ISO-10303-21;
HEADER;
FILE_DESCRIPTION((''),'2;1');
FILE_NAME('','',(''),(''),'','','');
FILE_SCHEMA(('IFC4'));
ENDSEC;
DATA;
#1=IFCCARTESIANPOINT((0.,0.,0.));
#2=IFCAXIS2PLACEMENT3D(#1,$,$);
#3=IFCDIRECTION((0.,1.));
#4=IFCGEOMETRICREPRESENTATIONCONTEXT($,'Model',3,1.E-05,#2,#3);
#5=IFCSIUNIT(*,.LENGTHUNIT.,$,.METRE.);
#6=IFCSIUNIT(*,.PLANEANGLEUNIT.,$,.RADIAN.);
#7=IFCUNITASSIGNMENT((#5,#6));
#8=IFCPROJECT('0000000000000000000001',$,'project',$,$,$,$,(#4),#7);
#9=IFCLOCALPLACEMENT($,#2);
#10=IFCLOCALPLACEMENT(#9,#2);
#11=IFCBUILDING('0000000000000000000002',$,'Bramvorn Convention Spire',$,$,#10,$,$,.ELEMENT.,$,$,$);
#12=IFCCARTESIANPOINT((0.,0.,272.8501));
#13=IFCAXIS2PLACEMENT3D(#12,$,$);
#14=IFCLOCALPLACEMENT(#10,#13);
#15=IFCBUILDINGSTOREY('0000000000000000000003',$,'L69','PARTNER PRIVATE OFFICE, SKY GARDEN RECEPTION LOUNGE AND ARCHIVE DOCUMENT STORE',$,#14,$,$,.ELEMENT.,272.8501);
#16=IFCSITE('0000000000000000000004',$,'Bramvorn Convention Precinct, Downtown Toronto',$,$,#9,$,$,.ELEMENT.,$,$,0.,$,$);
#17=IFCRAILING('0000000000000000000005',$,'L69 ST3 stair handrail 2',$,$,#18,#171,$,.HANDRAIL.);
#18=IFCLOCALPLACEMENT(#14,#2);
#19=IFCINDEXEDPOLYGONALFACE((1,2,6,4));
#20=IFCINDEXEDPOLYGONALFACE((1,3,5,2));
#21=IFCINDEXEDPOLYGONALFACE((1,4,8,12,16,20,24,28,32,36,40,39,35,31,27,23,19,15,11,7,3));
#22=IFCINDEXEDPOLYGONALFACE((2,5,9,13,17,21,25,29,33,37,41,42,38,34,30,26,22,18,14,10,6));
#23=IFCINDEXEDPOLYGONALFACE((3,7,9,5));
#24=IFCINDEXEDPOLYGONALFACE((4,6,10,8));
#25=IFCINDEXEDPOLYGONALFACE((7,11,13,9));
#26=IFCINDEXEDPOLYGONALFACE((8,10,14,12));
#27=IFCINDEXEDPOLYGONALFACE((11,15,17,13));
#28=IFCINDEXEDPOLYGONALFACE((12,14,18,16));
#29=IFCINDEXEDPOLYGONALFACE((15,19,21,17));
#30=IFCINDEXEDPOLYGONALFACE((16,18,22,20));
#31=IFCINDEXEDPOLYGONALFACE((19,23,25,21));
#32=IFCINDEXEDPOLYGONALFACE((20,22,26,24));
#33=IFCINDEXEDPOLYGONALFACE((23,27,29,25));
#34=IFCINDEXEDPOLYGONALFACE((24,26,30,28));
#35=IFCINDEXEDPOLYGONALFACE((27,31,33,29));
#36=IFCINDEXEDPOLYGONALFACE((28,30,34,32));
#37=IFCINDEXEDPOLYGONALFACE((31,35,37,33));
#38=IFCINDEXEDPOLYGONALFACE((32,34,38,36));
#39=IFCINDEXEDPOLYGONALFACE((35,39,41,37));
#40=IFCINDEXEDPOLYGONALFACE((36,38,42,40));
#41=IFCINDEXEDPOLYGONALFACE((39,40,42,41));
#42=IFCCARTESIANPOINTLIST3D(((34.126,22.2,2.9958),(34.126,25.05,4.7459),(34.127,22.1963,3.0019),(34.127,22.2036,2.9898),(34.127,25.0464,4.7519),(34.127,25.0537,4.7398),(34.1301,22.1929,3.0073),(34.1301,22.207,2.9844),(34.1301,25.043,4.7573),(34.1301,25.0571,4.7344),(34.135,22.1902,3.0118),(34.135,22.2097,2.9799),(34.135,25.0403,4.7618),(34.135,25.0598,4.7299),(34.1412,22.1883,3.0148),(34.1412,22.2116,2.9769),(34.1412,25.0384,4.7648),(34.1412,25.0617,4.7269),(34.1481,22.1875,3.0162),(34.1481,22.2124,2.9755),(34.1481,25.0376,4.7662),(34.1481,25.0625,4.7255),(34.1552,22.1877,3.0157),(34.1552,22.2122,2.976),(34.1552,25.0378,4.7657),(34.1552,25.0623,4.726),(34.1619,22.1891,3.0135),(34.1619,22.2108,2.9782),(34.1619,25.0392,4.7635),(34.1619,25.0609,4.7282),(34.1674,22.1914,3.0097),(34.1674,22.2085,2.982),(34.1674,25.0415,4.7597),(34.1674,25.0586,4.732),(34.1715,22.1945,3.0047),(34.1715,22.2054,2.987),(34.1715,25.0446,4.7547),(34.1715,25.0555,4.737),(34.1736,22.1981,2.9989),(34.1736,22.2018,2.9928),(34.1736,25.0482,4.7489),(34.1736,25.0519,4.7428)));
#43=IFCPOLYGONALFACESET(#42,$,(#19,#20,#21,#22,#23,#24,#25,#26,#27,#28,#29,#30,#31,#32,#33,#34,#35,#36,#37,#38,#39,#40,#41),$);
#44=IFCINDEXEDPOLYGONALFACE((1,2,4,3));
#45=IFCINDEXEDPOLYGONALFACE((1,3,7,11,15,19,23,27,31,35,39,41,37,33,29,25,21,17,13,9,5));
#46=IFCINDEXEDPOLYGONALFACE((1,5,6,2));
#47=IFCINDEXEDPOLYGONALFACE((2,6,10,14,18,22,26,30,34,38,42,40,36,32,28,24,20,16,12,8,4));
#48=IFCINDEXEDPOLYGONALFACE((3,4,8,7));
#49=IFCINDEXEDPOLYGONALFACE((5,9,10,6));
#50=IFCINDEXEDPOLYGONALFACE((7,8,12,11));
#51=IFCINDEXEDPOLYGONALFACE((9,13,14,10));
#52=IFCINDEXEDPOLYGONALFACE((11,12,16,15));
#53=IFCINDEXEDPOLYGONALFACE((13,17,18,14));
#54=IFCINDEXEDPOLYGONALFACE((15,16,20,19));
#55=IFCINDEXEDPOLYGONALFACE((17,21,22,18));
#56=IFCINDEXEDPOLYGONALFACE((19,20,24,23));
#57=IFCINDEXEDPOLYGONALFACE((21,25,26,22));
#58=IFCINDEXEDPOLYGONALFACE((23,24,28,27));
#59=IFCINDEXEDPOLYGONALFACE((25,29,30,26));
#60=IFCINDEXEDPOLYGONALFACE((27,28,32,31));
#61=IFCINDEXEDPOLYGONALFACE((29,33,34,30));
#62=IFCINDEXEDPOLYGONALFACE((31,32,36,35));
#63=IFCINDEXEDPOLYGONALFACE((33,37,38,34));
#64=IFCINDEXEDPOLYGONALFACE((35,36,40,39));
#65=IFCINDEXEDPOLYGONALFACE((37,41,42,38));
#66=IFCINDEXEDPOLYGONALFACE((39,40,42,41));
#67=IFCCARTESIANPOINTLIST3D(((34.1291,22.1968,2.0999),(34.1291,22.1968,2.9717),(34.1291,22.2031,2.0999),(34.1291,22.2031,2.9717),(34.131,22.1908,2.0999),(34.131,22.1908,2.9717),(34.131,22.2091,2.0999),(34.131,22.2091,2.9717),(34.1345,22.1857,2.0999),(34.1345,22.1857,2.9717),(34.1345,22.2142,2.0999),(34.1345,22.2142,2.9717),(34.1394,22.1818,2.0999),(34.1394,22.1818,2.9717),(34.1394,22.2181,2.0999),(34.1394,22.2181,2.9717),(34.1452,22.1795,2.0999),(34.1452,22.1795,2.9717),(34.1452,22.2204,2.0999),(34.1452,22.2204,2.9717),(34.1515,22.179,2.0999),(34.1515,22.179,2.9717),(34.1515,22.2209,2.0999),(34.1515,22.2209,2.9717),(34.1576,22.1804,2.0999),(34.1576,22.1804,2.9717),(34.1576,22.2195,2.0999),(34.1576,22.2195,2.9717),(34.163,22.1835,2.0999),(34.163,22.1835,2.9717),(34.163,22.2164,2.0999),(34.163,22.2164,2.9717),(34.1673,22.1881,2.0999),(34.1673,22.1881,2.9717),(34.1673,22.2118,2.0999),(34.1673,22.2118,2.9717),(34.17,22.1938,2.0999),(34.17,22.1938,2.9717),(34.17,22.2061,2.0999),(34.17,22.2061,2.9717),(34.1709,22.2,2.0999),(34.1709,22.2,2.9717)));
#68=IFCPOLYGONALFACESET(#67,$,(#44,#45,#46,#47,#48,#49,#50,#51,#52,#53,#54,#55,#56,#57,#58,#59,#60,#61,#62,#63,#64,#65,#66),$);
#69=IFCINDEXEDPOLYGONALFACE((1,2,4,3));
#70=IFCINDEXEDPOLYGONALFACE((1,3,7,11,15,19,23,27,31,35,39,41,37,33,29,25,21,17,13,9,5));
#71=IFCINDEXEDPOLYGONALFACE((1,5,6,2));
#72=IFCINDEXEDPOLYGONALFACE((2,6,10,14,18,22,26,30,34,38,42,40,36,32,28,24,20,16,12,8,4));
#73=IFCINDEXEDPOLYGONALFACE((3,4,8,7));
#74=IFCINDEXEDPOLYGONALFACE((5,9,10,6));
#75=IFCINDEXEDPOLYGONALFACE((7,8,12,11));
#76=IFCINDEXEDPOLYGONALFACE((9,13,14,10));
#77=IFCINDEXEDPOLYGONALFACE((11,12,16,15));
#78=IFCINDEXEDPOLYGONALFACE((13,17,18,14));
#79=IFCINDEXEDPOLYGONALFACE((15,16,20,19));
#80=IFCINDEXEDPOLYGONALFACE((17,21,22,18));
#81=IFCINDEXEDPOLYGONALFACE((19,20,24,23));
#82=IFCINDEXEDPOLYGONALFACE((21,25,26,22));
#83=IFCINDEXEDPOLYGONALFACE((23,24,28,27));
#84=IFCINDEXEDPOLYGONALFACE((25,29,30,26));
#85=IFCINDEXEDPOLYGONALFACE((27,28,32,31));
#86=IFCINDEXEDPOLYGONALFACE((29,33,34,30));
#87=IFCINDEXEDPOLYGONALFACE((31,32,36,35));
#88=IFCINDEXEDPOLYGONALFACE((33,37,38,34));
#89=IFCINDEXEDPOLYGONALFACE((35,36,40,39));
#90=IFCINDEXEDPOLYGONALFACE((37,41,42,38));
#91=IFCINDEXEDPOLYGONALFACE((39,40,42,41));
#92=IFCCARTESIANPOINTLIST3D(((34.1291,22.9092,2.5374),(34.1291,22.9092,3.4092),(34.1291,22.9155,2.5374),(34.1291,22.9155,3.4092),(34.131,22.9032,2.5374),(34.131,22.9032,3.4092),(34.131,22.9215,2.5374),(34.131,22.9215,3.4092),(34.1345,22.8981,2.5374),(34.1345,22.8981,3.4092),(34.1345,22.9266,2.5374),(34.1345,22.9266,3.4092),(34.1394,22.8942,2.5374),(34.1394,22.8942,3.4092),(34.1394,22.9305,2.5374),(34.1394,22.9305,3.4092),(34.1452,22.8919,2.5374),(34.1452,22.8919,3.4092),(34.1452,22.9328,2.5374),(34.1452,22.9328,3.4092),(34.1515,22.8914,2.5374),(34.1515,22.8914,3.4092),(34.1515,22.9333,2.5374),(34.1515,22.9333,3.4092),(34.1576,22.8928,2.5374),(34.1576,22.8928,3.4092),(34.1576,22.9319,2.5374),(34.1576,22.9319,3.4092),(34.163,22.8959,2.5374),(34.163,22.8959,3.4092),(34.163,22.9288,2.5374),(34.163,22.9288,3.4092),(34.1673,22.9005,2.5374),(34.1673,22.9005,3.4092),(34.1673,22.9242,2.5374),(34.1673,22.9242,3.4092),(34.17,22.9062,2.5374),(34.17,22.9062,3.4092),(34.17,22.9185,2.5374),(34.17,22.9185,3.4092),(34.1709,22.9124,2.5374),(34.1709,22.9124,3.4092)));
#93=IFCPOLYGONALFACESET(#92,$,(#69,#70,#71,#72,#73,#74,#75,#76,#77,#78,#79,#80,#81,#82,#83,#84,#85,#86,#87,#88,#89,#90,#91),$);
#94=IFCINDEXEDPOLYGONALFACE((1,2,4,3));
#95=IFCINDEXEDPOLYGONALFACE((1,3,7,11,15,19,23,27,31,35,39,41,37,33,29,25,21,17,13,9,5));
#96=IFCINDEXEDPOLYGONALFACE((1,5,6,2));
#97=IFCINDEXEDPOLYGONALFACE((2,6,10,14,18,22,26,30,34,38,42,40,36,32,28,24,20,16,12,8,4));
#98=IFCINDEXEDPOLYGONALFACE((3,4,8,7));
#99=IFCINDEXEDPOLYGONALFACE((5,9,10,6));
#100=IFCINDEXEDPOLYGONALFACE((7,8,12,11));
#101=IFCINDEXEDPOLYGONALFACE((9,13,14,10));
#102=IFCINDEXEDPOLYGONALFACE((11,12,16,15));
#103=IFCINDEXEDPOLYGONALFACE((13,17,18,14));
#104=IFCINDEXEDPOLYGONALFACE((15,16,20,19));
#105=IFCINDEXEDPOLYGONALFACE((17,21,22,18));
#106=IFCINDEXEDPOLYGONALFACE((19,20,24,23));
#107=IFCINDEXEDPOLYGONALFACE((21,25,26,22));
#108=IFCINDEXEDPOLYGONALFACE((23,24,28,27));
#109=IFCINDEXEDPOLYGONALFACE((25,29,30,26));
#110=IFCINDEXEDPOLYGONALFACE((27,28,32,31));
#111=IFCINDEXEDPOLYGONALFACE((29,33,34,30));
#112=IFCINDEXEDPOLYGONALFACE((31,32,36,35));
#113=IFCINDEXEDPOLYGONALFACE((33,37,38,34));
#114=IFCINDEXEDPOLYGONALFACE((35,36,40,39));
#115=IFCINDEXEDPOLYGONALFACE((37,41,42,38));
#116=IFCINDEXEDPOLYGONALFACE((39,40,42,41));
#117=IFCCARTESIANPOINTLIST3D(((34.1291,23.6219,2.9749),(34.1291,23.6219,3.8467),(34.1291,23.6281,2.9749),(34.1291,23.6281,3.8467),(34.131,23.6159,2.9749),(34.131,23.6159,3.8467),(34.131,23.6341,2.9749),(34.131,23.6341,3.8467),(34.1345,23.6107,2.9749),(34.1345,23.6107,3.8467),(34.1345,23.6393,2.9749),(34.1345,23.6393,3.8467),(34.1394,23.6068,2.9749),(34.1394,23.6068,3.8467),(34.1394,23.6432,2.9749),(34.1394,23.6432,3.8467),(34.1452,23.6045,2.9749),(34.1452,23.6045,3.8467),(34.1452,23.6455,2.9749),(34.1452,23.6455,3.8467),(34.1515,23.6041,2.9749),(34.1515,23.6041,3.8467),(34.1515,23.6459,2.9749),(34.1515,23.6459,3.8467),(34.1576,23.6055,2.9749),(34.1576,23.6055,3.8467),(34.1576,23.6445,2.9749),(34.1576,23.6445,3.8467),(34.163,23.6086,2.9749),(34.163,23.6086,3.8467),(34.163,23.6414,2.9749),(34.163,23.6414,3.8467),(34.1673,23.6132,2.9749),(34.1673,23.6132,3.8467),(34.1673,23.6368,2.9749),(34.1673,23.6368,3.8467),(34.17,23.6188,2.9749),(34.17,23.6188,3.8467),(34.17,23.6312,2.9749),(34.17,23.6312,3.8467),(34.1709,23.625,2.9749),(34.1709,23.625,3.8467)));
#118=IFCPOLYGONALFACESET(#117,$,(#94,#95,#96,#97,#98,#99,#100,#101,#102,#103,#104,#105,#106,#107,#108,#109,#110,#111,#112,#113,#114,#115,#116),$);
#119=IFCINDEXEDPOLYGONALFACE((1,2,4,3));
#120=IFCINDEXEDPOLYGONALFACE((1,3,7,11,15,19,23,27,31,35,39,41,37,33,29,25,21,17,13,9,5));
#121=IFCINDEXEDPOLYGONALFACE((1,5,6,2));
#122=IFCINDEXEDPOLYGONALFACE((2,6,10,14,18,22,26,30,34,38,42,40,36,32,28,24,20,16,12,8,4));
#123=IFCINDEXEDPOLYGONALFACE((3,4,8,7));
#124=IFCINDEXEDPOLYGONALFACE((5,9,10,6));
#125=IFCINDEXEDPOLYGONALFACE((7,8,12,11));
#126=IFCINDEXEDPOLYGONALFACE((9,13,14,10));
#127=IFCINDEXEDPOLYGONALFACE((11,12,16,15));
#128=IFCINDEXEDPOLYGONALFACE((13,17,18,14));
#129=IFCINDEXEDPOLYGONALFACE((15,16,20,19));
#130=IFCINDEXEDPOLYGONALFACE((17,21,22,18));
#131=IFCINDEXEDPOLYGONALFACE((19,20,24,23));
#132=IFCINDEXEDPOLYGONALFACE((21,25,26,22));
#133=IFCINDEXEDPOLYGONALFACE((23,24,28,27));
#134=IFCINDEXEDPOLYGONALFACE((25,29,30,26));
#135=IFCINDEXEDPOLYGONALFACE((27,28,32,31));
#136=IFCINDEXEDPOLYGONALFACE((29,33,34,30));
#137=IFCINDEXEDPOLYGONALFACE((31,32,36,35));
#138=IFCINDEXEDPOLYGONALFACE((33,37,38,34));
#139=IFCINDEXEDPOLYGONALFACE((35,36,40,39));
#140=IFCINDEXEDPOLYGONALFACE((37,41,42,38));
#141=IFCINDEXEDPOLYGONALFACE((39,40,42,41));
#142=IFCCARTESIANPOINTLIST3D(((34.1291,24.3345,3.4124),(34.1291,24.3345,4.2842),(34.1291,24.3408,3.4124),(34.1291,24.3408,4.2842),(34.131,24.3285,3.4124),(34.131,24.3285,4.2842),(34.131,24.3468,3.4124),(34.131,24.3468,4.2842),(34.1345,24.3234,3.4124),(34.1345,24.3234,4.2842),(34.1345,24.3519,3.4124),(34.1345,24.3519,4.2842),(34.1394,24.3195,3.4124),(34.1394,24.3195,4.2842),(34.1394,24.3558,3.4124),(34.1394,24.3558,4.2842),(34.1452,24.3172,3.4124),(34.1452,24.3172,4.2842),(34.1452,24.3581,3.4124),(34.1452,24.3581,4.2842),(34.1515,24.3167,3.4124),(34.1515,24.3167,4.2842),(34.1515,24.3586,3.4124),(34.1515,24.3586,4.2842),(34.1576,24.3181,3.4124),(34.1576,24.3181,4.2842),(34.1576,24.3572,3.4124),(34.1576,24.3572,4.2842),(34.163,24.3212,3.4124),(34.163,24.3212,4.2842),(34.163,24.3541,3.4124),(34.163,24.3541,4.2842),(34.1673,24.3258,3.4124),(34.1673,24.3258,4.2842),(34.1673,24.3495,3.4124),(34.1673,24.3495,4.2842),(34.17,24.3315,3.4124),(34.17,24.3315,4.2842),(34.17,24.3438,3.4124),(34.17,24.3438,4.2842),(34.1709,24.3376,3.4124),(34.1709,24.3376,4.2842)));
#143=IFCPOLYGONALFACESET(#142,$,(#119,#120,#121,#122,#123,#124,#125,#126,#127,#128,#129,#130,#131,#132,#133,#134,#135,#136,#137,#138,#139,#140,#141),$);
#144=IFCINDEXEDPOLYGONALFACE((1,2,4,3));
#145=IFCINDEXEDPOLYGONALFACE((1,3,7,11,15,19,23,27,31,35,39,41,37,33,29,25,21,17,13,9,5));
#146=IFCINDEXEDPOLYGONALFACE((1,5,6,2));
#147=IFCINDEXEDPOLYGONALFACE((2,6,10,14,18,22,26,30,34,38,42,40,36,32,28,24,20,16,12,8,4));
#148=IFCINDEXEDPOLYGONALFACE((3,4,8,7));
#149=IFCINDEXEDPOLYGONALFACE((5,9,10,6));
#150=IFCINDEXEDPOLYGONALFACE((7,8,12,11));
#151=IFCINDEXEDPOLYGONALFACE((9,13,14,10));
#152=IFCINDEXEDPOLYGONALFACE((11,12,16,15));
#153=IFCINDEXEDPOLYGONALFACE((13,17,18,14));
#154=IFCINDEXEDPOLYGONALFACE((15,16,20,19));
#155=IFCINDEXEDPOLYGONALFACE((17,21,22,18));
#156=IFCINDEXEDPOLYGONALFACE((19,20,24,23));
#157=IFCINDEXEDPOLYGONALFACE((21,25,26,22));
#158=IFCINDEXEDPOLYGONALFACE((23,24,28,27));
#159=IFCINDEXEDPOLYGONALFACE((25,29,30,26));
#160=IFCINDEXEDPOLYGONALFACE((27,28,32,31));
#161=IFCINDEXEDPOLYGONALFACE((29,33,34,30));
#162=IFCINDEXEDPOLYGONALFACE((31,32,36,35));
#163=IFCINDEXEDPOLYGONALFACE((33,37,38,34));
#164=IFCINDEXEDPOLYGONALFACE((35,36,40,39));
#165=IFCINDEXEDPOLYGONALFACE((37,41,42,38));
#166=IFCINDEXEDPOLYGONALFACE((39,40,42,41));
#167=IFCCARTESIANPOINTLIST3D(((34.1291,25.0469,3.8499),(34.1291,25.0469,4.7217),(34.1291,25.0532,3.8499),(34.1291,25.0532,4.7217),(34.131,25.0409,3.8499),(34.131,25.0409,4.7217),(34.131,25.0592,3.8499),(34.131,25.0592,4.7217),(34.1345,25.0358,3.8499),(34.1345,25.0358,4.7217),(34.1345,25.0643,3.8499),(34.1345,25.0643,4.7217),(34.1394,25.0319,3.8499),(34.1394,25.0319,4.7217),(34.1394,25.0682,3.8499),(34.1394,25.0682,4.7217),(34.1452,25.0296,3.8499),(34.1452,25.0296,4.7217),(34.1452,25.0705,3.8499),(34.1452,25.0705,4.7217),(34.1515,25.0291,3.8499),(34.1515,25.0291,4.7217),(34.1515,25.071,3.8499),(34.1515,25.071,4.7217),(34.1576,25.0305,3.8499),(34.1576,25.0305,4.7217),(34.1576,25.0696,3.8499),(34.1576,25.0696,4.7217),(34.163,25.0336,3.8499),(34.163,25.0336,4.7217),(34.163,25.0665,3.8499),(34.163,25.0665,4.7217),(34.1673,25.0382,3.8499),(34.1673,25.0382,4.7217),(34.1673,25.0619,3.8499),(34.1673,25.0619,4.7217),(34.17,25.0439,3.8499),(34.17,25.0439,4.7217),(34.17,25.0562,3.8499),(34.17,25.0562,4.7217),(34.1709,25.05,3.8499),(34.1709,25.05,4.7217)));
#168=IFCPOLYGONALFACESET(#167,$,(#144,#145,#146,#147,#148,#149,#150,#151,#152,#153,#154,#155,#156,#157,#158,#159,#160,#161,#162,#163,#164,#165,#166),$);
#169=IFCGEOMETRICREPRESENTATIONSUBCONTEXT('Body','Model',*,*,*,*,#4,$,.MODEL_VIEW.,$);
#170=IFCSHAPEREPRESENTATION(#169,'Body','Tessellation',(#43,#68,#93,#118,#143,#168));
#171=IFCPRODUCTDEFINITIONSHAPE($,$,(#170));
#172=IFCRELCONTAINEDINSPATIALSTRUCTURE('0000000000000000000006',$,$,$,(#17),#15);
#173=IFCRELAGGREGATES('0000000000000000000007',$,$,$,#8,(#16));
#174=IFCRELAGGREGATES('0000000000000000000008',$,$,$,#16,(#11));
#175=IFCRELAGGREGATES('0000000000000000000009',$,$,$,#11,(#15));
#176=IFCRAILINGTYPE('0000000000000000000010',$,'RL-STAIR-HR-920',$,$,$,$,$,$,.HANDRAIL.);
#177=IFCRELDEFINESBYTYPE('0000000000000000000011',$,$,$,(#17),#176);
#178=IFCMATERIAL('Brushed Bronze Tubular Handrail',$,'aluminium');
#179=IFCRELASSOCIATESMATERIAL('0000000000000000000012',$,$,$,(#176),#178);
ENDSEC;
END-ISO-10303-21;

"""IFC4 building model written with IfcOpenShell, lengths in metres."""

from ifc_helpers import new_model, si_unit, direction, frame, origin, origin_2d, place, context, subcontext, project, spatial, circle, extrude, material, type_object, element, save


model = new_model("IFC4")

# Units and contexts
model_context = context("Model", 3, precision=1e-05, world=origin(), true_north=direction((0.0, 1.0)))
body_context = subcontext(model_context, "Body", "Model", "MODEL_VIEW")
ifc_project = project(units=[si_unit("LENGTHUNIT", "METRE"), si_unit("PLANEANGLEUNIT", "RADIAN")], contexts=[model_context])

# Site, building, storey
site_placement = place(None, origin())
site = spatial("IfcSite", under=ifc_project, at=site_placement, Name="Bramvorn Convention Precinct, Downtown Toronto", CompositionType="ELEMENT", RefElevation=0.0)
building_placement = place(site_placement, origin())
building = spatial("IfcBuilding", under=site, at=building_placement, Name="Bramvorn Convention Spire", CompositionType="ELEMENT")
storey_placement = place(building_placement, frame((0.0, 0.0, 272.8501)))
storey = spatial("IfcBuildingStorey", under=building, at=storey_placement, Name="L69", Description="PARTNER PRIVATE OFFICE, SKY GARDEN RECEPTION LOUNGE AND ARCHIVE DOCUMENT STORE", CompositionType="ELEMENT", Elevation=272.8501)

# Railing
ifc_material_1 = material(Name="Brushed Bronze Tubular Handrail", Category="aluminium")
railing_type_1 = type_object("IfcRailingType", Name="RL-STAIR-HR-920", PredefinedType="HANDRAIL", material=ifc_material_1)
for number, where, name in (
    (1, (34.1499, 22.2, 2.0999), "L69 ST3 stair handrail 2"),
):
    element("IfcRailing", number, at=place(storey_placement, frame(where)), inside=storey, type_object=railing_type_1, Name=name, PredefinedType="HANDRAIL", context=body_context, shape_type="SweptSolid", body=[
        extrude(circle(Radius=0.0239, at=origin_2d()), frame((0.0, 0.0, 0.896), z_axis=(0.0, 0.852179, 0.52325), x_axis=(-1.0, 0.0, 0.0)), (0.0, 0.0, 1.0), 3.3445),
        extrude(circle(Radius=0.021, at=origin_2d()), origin(), (0.0, 0.0, 1.0), 0.8718),
        extrude(circle(Radius=0.021, at=origin_2d()), frame((0.0, 0.7124, 0.4375)), (0.0, 0.0, 1.0), 0.8718),
        extrude(circle(Radius=0.021, at=origin_2d()), frame((0.0, 1.425, 0.875)), (0.0, 0.0, 1.0), 0.8718),
        extrude(circle(Radius=0.021, at=origin_2d()), frame((0.0, 2.1377, 1.3125)), (0.0, 0.0, 1.0), 0.8718),
        extrude(circle(Radius=0.021, at=origin_2d()), frame((0.0, 2.8501, 1.75)), (0.0, 0.0, 1.0), 0.8718),
    ])

save(model, "model.ifc")
